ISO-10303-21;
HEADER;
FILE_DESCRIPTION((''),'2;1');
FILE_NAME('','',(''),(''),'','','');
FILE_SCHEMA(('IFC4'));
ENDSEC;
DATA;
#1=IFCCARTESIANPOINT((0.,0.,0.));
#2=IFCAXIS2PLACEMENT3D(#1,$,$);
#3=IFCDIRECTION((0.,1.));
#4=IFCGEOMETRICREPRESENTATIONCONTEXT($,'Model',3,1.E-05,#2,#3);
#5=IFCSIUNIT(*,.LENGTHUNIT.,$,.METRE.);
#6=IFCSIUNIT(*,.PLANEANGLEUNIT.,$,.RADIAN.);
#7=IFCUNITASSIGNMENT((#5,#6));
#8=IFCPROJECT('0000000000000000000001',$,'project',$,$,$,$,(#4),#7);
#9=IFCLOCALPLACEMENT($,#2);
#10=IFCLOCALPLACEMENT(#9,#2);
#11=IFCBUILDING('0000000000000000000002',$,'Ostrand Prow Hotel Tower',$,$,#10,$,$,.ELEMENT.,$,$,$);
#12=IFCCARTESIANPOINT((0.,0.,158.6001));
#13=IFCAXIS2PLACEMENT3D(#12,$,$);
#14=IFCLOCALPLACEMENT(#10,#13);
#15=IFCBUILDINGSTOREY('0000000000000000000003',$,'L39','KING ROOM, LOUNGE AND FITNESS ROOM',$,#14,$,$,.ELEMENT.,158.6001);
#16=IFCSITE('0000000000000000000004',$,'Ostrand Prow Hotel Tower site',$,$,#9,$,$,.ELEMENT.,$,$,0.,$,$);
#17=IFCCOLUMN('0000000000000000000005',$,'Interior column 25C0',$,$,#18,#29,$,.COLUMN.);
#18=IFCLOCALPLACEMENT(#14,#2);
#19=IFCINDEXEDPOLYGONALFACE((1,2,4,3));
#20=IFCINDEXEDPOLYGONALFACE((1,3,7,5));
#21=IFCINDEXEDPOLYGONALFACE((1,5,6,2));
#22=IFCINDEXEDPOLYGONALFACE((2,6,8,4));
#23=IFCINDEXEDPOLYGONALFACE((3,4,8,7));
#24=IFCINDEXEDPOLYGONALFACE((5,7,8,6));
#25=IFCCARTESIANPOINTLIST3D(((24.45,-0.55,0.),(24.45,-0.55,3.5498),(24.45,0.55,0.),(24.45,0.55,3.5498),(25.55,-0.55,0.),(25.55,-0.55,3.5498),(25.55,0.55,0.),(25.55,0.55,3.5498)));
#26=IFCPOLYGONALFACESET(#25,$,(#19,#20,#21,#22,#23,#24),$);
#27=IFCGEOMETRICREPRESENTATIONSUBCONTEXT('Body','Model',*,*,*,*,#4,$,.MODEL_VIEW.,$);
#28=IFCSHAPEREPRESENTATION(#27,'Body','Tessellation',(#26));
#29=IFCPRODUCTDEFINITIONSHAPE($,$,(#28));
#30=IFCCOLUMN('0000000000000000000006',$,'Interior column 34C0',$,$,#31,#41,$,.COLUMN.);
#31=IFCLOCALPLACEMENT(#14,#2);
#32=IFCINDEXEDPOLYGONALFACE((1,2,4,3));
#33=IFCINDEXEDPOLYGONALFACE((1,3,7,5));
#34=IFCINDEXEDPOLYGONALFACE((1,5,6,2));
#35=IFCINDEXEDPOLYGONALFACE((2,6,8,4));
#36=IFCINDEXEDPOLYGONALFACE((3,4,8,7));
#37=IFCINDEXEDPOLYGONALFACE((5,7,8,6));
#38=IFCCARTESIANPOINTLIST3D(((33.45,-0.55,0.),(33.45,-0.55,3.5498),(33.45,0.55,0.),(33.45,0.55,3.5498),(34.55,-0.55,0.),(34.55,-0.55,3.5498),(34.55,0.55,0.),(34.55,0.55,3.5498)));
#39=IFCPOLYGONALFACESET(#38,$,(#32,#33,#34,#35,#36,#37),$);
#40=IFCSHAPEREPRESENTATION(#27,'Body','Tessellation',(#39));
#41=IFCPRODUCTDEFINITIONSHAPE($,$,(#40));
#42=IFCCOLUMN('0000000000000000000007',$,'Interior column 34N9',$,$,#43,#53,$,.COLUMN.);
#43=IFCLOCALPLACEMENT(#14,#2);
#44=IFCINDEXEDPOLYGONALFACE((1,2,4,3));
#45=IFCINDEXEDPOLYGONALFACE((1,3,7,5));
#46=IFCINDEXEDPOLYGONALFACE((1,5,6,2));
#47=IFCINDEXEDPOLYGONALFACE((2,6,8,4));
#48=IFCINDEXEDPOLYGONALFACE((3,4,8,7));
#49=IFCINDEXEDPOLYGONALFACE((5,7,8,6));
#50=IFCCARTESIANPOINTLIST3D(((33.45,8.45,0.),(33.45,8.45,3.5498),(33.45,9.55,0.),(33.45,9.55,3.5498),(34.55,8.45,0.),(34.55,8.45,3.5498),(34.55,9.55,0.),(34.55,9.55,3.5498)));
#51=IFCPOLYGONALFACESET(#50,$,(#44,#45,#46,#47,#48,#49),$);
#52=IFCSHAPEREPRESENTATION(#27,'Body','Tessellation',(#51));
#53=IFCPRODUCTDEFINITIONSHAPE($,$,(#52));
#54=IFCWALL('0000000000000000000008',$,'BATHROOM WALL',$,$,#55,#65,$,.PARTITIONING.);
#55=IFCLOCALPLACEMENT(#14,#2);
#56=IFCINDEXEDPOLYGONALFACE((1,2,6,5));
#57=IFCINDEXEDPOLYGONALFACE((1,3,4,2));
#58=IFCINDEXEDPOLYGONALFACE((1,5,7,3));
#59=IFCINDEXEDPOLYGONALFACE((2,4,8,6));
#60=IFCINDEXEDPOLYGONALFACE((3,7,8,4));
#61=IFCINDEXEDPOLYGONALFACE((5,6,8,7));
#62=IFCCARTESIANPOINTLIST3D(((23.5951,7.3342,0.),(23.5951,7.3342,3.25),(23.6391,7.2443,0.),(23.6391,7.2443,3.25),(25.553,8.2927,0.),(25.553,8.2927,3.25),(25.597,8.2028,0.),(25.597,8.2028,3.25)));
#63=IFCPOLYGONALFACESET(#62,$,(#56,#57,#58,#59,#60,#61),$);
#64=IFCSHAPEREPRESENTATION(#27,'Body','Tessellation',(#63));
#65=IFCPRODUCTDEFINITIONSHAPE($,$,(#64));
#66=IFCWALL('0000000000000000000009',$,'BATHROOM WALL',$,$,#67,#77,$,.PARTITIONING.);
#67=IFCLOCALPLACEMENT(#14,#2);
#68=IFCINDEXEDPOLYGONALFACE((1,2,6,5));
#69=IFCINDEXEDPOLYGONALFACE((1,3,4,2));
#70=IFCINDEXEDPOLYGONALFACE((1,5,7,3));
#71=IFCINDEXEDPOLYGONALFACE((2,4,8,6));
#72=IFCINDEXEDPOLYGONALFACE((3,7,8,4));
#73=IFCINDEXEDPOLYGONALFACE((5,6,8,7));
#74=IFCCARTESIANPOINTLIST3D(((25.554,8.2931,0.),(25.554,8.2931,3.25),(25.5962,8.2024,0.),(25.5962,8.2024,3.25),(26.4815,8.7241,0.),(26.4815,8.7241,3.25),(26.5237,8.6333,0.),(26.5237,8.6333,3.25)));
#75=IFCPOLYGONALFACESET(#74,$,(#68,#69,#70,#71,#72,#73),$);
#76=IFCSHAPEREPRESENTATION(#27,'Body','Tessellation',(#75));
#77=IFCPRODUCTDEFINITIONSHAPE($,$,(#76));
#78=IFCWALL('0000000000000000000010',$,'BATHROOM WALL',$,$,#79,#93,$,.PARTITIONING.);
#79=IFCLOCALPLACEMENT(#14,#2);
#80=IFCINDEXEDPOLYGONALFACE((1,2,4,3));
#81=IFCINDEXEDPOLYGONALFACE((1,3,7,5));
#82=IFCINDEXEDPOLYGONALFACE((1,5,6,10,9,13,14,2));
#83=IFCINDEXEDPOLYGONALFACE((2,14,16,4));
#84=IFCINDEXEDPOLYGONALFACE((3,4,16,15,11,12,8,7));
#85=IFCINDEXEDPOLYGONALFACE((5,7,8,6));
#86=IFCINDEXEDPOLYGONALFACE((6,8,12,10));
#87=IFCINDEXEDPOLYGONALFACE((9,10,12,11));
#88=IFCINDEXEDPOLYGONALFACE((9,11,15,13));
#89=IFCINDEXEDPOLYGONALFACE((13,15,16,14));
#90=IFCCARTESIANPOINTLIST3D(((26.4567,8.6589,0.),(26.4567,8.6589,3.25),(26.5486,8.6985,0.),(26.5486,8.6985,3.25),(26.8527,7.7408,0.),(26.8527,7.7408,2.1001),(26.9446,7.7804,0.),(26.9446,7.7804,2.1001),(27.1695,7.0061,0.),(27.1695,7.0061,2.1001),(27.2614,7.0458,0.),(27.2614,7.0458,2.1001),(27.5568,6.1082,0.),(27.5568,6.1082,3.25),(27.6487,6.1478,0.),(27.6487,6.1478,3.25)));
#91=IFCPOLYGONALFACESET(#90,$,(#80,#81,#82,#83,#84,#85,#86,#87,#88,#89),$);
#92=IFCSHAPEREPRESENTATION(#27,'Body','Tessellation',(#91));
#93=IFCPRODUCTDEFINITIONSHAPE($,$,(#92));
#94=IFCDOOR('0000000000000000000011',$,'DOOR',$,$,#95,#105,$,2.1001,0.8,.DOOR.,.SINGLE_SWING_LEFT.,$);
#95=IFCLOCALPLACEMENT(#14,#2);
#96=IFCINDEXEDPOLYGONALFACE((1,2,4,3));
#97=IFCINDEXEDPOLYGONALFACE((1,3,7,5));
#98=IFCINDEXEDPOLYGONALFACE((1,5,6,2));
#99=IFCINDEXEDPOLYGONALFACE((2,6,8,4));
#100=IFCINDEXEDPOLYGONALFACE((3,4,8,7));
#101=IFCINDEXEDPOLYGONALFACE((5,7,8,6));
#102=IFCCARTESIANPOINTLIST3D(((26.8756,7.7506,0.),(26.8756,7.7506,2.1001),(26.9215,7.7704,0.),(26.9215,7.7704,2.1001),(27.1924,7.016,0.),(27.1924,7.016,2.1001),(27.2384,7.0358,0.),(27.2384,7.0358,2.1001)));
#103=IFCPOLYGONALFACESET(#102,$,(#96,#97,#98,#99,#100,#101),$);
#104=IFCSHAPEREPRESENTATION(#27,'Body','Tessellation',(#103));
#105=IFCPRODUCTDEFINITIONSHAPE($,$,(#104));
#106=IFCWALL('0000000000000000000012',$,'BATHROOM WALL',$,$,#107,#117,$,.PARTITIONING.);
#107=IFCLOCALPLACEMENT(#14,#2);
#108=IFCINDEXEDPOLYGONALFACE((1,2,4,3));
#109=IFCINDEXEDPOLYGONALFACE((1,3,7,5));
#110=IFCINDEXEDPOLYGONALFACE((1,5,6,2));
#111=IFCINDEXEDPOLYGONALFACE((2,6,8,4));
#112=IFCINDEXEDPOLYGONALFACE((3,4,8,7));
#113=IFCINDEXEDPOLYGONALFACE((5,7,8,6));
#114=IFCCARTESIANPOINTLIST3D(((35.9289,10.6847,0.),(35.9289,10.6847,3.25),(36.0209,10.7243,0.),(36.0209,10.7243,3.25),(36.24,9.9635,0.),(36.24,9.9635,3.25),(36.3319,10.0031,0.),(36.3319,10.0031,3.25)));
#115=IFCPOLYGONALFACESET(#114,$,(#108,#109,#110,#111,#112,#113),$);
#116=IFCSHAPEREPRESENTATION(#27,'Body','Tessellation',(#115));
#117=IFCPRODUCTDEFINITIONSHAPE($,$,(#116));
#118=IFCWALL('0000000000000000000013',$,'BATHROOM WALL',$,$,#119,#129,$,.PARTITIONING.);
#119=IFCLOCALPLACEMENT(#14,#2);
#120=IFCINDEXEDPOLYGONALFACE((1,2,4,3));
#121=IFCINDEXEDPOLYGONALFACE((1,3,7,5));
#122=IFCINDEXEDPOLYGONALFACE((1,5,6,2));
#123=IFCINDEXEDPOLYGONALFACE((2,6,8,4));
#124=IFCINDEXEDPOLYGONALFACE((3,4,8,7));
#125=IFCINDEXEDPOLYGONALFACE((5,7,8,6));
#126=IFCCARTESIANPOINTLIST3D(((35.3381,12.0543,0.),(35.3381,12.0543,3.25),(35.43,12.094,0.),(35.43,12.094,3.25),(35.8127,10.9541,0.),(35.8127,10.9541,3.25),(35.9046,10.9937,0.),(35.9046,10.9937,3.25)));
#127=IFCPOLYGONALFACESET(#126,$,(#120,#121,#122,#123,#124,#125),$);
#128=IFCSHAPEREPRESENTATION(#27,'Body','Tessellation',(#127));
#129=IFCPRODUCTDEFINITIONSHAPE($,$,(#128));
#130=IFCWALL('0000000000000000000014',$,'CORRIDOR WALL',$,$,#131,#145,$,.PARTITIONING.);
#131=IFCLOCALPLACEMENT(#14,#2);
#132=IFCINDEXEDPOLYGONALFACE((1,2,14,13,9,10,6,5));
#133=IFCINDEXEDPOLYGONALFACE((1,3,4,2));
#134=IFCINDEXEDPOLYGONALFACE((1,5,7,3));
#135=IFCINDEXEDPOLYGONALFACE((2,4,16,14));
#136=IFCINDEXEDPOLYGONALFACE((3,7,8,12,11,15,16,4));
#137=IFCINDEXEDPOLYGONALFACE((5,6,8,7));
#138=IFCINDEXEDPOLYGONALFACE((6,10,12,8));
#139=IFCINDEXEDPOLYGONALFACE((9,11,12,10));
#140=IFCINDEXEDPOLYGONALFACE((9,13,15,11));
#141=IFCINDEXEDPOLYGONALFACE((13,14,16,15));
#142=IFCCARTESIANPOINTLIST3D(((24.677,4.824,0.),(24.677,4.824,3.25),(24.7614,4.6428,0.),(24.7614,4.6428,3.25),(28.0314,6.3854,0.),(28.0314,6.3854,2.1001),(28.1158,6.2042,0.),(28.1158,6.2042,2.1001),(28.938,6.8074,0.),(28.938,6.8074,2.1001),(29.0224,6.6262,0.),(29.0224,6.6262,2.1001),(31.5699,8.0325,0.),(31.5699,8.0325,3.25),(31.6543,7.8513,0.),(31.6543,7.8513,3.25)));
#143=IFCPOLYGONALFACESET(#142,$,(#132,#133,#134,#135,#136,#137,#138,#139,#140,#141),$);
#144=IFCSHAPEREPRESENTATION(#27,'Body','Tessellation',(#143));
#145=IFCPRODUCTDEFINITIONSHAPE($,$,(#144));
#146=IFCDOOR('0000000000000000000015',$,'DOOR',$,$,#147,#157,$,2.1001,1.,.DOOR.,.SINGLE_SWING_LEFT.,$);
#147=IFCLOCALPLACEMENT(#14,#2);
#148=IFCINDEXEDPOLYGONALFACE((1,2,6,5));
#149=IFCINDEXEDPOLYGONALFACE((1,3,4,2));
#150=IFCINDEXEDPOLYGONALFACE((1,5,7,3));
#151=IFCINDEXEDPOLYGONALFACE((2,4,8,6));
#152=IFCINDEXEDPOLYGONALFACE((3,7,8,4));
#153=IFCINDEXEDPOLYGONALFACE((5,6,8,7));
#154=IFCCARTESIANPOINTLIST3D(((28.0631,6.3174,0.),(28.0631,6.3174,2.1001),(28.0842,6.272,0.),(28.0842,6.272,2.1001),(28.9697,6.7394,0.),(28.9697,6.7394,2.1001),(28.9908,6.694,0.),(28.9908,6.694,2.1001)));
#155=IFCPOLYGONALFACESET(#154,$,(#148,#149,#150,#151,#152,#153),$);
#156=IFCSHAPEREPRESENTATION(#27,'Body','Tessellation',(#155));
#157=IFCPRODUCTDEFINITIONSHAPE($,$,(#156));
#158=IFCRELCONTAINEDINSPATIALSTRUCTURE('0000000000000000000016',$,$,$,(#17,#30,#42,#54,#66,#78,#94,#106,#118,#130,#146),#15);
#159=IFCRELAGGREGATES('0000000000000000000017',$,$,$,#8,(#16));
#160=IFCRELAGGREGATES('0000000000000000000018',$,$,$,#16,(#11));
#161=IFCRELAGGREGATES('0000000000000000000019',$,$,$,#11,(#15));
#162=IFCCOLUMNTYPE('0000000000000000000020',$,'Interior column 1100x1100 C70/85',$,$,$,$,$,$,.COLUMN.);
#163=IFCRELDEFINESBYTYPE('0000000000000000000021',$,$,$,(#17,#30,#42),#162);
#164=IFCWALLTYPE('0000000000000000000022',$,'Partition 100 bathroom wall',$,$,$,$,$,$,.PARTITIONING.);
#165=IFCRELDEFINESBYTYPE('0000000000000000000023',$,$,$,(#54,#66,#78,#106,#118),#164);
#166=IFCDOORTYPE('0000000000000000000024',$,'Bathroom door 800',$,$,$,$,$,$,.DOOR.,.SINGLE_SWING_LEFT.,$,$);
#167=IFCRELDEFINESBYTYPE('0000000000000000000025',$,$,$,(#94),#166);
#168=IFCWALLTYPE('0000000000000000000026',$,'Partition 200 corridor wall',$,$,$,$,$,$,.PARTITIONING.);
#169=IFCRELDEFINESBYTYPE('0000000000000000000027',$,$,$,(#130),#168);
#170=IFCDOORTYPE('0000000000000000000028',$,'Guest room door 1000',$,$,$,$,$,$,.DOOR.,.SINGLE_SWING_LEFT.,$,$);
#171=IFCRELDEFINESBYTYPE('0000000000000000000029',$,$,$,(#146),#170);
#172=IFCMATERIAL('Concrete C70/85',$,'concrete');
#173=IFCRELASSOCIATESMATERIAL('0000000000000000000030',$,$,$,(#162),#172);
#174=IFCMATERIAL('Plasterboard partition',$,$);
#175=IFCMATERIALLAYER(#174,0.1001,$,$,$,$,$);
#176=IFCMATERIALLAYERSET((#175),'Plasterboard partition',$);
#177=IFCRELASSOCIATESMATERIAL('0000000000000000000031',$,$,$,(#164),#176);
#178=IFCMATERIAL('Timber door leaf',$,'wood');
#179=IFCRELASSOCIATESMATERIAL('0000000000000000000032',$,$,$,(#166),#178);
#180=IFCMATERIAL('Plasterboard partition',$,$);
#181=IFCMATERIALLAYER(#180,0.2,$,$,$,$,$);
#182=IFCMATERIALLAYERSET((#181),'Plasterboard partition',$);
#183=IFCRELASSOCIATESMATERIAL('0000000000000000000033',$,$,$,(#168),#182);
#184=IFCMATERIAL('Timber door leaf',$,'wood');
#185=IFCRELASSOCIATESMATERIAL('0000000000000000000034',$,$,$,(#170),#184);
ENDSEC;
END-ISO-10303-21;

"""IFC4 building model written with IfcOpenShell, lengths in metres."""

from ifc_helpers import new_model, si_unit, direction, frame, frame_2d, origin, origin_2d, place, context, subcontext, project, spatial, rectangle, extrude, material, layer, layer_set, material_profile, profile_set, type_object, element, fill, save


model = new_model("IFC4")

# Units and contexts
model_context = context("Model", 3, precision=1e-05, world=origin(), true_north=direction((0.0, 1.0)))
body_context = subcontext(model_context, "Body", "Model", "MODEL_VIEW")
ifc_project = project(units=[si_unit("LENGTHUNIT", "METRE"), si_unit("PLANEANGLEUNIT", "RADIAN")], contexts=[model_context])

# Site, building, storey
site_placement = place(None, origin())
site = spatial("IfcSite", under=ifc_project, at=site_placement, Name="Ostrand Prow Hotel Tower site", CompositionType="ELEMENT", RefElevation=0.0)
building_placement = place(site_placement, origin())
building = spatial("IfcBuilding", under=site, at=building_placement, Name="Ostrand Prow Hotel Tower", CompositionType="ELEMENT")
storey_placement = place(building_placement, frame((0.0, 0.0, 158.6001)))
storey = spatial("IfcBuildingStorey", under=building, at=storey_placement, Name="L39", Description="KING ROOM, LOUNGE AND FITNESS ROOM", CompositionType="ELEMENT", Elevation=158.6001)

# Columns
ifc_material_1 = material(Name="Concrete C70/85", Category="concrete")
ifc_material_profile = material_profile(ifc_material_1, rectangle(XDim=1.1001, YDim=1.1001, at=origin_2d()), Name="RC 1100x1100")
ifc_profile_set = profile_set([ifc_material_profile], Name="Concrete C70/85")
column_type = type_object("IfcColumnType", Name="Interior column 1100x1100 C70/85", PredefinedType="COLUMN", material=ifc_profile_set)
for number, where, z_axis, x_axis, name in (
    (1, (25.0, 0.0, 0.0), (0.0, 0.0, 1.0), (1.0, 0.0, 0.0), "Interior column 25C0"),
    (2, (34.0, 0.0, 0.0), (0.0, 0.0, 1.0), (1.0, 0.0, 0.0), "Interior column 34C0"),
    (3, (34.0, 9.0, 0.0), (0.0, 0.0, 1.0), (1.0, 0.0, 0.0), "Interior column 34N9"),
):
    element("IfcColumn", number, at=place(storey_placement, frame(where, z_axis=z_axis, x_axis=x_axis)), inside=storey, type_object=column_type, Name=name, PredefinedType="COLUMN", context=body_context, shape_type="SweptSolid", body=[
        extrude(rectangle(XDim=1.1001, YDim=1.1001, at=origin_2d()), origin(), (0.0, 0.0, 1.0), 3.5498),
    ])

# Walls
ifc_material_2 = material(Name="Plasterboard partition")
ifc_layer_1 = layer(ifc_material_2, 0.1001)
ifc_layer_set_1 = layer_set([ifc_layer_1], Name="Plasterboard partition")
wall_type_1 = type_object("IfcWallType", Name="Partition 100 bathroom wall", PredefinedType="PARTITIONING", material=ifc_layer_set_1)
wall_1_placement = place(storey_placement, frame((23.6172, 7.2893, 0.0), z_axis=(0.0, 0.0, 1.0), x_axis=(0.898158, 0.439672, 0.0)))
element("IfcWall", 4, at=wall_1_placement, inside=storey, type_object=wall_type_1, Name="BATHROOM WALL", PredefinedType="PARTITIONING", context=body_context, shape_type="SweptSolid", body=[
    extrude(rectangle(XDim=2.1799, YDim=0.1001, at=frame_2d((1.0898, 0.0))), origin(), (0.0, 0.0, 1.0), 3.25),
])
wall_2_placement = place(storey_placement, frame((25.5752, 8.2478, 0.0), z_axis=(0.0, 0.0, 1.0), x_axis=(0.906901, 0.421343, 0.0)))
element("IfcWall", 5, at=wall_2_placement, inside=storey, type_object=wall_type_1, Name="BATHROOM WALL", PredefinedType="PARTITIONING", context=body_context, shape_type="SweptSolid", body=[
    extrude(rectangle(XDim=1.0227, YDim=0.1001, at=frame_2d((0.5112, 0.0))), origin(), (0.0, 0.0, 1.0), 3.25),
])

# Wall, opening, door
wall_3_placement = place(storey_placement, frame((26.5027, 8.6787, 0.0), z_axis=(0.0, 0.0, 1.0), x_axis=(0.396018, -0.918243, 0.0)))
wall_3 = element("IfcWall", 6, at=wall_3_placement, inside=storey, type_object=wall_type_1, Name="BATHROOM WALL", PredefinedType="PARTITIONING", context=body_context, shape_type="SweptSolid", body=[
    extrude(rectangle(XDim=2.7778, YDim=0.1001, at=frame_2d((1.3889, 0.0))), origin(), (0.0, 0.0, 1.0), 3.25),
])
opening_1_placement = place(wall_3_placement, frame((1.0, 0.0, 0.0)))
opening_1 = element("IfcOpeningElement", 7, at=opening_1_placement, cuts=wall_3, PredefinedType="OPENING", context=body_context, shape_type="SweptSolid", body=[
    extrude(rectangle(XDim=0.8, YDim=2.1001, at=frame_2d((0.3999, 1.05))), frame((0.0, 0.0601, 0.0), z_axis=(0.0, -1.0, 0.0), x_axis=(1.0, 0.0, 0.0)), (0.0, 0.0, 1.0), 0.1201),
])
ifc_material_3 = material(Name="Timber door leaf", Category="wood")
door_type_1 = type_object("IfcDoorType", Name="Bathroom door 800", OperationType="SINGLE_SWING_LEFT", PredefinedType="DOOR", material=ifc_material_3)
door_1_placement = place(opening_1_placement, origin())
door_1 = element("IfcDoor", 8, at=door_1_placement, inside=storey, type_object=door_type_1, Name="DOOR", OperationType="SINGLE_SWING_LEFT", OverallHeight=2.1001, OverallWidth=0.8, PredefinedType="DOOR", context=body_context, shape_type="SweptSolid", body=[
    extrude(rectangle(XDim=0.8, YDim=2.1001, at=frame_2d((0.3999, 1.05))), frame((0.0, 0.0249, 0.0), z_axis=(0.0, -1.0, 0.0), x_axis=(1.0, 0.0, 0.0)), (0.0, 0.0, 1.0), 0.05),
])
fill(opening_1, door_1)

# Walls
wall_4_placement = place(storey_placement, frame((36.2859, 9.9834, 0.0), z_axis=(0.0, 0.0, 1.0), x_axis=(-0.396019, 0.918242, 0.0)))
element("IfcWall", 9, at=wall_4_placement, inside=storey, type_object=wall_type_1, Name="BATHROOM WALL", PredefinedType="PARTITIONING", context=body_context, shape_type="SweptSolid", body=[
    extrude(rectangle(XDim=0.7854, YDim=0.1001, at=frame_2d((0.3926, 0.0))), origin(), (0.0, 0.0, 1.0), 3.25),
])
wall_5_placement = place(storey_placement, frame((35.8586, 10.9739, 0.0), z_axis=(0.0, 0.0, 1.0), x_axis=(-0.396057, 0.918226, 0.0)))
element("IfcWall", 10, at=wall_5_placement, inside=storey, type_object=wall_type_1, Name="BATHROOM WALL", PredefinedType="PARTITIONING", context=body_context, shape_type="SweptSolid", body=[
    extrude(rectangle(XDim=1.1982, YDim=0.1001, at=frame_2d((0.5991, 0.0))), origin(), (0.0, 0.0, 1.0), 3.25),
])

# Wall, opening, door
ifc_material_4 = material(Name="Plasterboard partition")
ifc_layer_2 = layer(ifc_material_4, 0.2)
ifc_layer_set_2 = layer_set([ifc_layer_2], Name="Plasterboard partition")
wall_type_2 = type_object("IfcWallType", Name="Partition 200 corridor wall", PredefinedType="PARTITIONING", material=ifc_layer_set_2)
wall_6_placement = place(storey_placement, frame((24.7192, 4.7334, 0.0), z_axis=(0.0, 0.0, 1.0), x_axis=(0.906594, 0.422005, 0.0)))
wall_6 = element("IfcWall", 11, at=wall_6_placement, inside=storey, type_object=wall_type_2, Name="CORRIDOR WALL", PredefinedType="PARTITIONING", context=body_context, shape_type="SweptSolid", body=[
    extrude(rectangle(XDim=7.603, YDim=0.2, at=frame_2d((3.8015, 0.0))), origin(), (0.0, 0.0, 1.0), 3.25),
])
opening_2_placement = place(wall_6_placement, frame((3.7, 0.0, 0.0)))
opening_2 = element("IfcOpeningElement", 12, at=opening_2_placement, cuts=wall_6, PredefinedType="OPENING", context=body_context, shape_type="SweptSolid", body=[
    extrude(rectangle(XDim=1.0, YDim=2.1001, at=frame_2d((0.5, 1.05))), frame((0.0, 0.1099, 0.0), z_axis=(0.0, -1.0, 0.0), x_axis=(1.0, 0.0, 0.0)), (0.0, 0.0, 1.0), 0.22),
])
ifc_material_5 = material(Name="Timber door leaf", Category="wood")
door_type_2 = type_object("IfcDoorType", Name="Guest room door 1000", OperationType="SINGLE_SWING_LEFT", PredefinedType="DOOR", material=ifc_material_5)
door_2_placement = place(opening_2_placement, origin())
door_2 = element("IfcDoor", 13, at=door_2_placement, inside=storey, type_object=door_type_2, Name="DOOR", OperationType="SINGLE_SWING_LEFT", OverallHeight=2.1001, OverallWidth=1.0, PredefinedType="DOOR", context=body_context, shape_type="SweptSolid", body=[
    extrude(rectangle(XDim=1.0, YDim=2.1001, at=frame_2d((0.5, 1.05))), frame((0.0, 0.0249, 0.0), z_axis=(0.0, -1.0, 0.0), x_axis=(1.0, 0.0, 0.0)), (0.0, 0.0, 1.0), 0.05),
])
fill(opening_2, door_2)

save(model, "model.ifc")
